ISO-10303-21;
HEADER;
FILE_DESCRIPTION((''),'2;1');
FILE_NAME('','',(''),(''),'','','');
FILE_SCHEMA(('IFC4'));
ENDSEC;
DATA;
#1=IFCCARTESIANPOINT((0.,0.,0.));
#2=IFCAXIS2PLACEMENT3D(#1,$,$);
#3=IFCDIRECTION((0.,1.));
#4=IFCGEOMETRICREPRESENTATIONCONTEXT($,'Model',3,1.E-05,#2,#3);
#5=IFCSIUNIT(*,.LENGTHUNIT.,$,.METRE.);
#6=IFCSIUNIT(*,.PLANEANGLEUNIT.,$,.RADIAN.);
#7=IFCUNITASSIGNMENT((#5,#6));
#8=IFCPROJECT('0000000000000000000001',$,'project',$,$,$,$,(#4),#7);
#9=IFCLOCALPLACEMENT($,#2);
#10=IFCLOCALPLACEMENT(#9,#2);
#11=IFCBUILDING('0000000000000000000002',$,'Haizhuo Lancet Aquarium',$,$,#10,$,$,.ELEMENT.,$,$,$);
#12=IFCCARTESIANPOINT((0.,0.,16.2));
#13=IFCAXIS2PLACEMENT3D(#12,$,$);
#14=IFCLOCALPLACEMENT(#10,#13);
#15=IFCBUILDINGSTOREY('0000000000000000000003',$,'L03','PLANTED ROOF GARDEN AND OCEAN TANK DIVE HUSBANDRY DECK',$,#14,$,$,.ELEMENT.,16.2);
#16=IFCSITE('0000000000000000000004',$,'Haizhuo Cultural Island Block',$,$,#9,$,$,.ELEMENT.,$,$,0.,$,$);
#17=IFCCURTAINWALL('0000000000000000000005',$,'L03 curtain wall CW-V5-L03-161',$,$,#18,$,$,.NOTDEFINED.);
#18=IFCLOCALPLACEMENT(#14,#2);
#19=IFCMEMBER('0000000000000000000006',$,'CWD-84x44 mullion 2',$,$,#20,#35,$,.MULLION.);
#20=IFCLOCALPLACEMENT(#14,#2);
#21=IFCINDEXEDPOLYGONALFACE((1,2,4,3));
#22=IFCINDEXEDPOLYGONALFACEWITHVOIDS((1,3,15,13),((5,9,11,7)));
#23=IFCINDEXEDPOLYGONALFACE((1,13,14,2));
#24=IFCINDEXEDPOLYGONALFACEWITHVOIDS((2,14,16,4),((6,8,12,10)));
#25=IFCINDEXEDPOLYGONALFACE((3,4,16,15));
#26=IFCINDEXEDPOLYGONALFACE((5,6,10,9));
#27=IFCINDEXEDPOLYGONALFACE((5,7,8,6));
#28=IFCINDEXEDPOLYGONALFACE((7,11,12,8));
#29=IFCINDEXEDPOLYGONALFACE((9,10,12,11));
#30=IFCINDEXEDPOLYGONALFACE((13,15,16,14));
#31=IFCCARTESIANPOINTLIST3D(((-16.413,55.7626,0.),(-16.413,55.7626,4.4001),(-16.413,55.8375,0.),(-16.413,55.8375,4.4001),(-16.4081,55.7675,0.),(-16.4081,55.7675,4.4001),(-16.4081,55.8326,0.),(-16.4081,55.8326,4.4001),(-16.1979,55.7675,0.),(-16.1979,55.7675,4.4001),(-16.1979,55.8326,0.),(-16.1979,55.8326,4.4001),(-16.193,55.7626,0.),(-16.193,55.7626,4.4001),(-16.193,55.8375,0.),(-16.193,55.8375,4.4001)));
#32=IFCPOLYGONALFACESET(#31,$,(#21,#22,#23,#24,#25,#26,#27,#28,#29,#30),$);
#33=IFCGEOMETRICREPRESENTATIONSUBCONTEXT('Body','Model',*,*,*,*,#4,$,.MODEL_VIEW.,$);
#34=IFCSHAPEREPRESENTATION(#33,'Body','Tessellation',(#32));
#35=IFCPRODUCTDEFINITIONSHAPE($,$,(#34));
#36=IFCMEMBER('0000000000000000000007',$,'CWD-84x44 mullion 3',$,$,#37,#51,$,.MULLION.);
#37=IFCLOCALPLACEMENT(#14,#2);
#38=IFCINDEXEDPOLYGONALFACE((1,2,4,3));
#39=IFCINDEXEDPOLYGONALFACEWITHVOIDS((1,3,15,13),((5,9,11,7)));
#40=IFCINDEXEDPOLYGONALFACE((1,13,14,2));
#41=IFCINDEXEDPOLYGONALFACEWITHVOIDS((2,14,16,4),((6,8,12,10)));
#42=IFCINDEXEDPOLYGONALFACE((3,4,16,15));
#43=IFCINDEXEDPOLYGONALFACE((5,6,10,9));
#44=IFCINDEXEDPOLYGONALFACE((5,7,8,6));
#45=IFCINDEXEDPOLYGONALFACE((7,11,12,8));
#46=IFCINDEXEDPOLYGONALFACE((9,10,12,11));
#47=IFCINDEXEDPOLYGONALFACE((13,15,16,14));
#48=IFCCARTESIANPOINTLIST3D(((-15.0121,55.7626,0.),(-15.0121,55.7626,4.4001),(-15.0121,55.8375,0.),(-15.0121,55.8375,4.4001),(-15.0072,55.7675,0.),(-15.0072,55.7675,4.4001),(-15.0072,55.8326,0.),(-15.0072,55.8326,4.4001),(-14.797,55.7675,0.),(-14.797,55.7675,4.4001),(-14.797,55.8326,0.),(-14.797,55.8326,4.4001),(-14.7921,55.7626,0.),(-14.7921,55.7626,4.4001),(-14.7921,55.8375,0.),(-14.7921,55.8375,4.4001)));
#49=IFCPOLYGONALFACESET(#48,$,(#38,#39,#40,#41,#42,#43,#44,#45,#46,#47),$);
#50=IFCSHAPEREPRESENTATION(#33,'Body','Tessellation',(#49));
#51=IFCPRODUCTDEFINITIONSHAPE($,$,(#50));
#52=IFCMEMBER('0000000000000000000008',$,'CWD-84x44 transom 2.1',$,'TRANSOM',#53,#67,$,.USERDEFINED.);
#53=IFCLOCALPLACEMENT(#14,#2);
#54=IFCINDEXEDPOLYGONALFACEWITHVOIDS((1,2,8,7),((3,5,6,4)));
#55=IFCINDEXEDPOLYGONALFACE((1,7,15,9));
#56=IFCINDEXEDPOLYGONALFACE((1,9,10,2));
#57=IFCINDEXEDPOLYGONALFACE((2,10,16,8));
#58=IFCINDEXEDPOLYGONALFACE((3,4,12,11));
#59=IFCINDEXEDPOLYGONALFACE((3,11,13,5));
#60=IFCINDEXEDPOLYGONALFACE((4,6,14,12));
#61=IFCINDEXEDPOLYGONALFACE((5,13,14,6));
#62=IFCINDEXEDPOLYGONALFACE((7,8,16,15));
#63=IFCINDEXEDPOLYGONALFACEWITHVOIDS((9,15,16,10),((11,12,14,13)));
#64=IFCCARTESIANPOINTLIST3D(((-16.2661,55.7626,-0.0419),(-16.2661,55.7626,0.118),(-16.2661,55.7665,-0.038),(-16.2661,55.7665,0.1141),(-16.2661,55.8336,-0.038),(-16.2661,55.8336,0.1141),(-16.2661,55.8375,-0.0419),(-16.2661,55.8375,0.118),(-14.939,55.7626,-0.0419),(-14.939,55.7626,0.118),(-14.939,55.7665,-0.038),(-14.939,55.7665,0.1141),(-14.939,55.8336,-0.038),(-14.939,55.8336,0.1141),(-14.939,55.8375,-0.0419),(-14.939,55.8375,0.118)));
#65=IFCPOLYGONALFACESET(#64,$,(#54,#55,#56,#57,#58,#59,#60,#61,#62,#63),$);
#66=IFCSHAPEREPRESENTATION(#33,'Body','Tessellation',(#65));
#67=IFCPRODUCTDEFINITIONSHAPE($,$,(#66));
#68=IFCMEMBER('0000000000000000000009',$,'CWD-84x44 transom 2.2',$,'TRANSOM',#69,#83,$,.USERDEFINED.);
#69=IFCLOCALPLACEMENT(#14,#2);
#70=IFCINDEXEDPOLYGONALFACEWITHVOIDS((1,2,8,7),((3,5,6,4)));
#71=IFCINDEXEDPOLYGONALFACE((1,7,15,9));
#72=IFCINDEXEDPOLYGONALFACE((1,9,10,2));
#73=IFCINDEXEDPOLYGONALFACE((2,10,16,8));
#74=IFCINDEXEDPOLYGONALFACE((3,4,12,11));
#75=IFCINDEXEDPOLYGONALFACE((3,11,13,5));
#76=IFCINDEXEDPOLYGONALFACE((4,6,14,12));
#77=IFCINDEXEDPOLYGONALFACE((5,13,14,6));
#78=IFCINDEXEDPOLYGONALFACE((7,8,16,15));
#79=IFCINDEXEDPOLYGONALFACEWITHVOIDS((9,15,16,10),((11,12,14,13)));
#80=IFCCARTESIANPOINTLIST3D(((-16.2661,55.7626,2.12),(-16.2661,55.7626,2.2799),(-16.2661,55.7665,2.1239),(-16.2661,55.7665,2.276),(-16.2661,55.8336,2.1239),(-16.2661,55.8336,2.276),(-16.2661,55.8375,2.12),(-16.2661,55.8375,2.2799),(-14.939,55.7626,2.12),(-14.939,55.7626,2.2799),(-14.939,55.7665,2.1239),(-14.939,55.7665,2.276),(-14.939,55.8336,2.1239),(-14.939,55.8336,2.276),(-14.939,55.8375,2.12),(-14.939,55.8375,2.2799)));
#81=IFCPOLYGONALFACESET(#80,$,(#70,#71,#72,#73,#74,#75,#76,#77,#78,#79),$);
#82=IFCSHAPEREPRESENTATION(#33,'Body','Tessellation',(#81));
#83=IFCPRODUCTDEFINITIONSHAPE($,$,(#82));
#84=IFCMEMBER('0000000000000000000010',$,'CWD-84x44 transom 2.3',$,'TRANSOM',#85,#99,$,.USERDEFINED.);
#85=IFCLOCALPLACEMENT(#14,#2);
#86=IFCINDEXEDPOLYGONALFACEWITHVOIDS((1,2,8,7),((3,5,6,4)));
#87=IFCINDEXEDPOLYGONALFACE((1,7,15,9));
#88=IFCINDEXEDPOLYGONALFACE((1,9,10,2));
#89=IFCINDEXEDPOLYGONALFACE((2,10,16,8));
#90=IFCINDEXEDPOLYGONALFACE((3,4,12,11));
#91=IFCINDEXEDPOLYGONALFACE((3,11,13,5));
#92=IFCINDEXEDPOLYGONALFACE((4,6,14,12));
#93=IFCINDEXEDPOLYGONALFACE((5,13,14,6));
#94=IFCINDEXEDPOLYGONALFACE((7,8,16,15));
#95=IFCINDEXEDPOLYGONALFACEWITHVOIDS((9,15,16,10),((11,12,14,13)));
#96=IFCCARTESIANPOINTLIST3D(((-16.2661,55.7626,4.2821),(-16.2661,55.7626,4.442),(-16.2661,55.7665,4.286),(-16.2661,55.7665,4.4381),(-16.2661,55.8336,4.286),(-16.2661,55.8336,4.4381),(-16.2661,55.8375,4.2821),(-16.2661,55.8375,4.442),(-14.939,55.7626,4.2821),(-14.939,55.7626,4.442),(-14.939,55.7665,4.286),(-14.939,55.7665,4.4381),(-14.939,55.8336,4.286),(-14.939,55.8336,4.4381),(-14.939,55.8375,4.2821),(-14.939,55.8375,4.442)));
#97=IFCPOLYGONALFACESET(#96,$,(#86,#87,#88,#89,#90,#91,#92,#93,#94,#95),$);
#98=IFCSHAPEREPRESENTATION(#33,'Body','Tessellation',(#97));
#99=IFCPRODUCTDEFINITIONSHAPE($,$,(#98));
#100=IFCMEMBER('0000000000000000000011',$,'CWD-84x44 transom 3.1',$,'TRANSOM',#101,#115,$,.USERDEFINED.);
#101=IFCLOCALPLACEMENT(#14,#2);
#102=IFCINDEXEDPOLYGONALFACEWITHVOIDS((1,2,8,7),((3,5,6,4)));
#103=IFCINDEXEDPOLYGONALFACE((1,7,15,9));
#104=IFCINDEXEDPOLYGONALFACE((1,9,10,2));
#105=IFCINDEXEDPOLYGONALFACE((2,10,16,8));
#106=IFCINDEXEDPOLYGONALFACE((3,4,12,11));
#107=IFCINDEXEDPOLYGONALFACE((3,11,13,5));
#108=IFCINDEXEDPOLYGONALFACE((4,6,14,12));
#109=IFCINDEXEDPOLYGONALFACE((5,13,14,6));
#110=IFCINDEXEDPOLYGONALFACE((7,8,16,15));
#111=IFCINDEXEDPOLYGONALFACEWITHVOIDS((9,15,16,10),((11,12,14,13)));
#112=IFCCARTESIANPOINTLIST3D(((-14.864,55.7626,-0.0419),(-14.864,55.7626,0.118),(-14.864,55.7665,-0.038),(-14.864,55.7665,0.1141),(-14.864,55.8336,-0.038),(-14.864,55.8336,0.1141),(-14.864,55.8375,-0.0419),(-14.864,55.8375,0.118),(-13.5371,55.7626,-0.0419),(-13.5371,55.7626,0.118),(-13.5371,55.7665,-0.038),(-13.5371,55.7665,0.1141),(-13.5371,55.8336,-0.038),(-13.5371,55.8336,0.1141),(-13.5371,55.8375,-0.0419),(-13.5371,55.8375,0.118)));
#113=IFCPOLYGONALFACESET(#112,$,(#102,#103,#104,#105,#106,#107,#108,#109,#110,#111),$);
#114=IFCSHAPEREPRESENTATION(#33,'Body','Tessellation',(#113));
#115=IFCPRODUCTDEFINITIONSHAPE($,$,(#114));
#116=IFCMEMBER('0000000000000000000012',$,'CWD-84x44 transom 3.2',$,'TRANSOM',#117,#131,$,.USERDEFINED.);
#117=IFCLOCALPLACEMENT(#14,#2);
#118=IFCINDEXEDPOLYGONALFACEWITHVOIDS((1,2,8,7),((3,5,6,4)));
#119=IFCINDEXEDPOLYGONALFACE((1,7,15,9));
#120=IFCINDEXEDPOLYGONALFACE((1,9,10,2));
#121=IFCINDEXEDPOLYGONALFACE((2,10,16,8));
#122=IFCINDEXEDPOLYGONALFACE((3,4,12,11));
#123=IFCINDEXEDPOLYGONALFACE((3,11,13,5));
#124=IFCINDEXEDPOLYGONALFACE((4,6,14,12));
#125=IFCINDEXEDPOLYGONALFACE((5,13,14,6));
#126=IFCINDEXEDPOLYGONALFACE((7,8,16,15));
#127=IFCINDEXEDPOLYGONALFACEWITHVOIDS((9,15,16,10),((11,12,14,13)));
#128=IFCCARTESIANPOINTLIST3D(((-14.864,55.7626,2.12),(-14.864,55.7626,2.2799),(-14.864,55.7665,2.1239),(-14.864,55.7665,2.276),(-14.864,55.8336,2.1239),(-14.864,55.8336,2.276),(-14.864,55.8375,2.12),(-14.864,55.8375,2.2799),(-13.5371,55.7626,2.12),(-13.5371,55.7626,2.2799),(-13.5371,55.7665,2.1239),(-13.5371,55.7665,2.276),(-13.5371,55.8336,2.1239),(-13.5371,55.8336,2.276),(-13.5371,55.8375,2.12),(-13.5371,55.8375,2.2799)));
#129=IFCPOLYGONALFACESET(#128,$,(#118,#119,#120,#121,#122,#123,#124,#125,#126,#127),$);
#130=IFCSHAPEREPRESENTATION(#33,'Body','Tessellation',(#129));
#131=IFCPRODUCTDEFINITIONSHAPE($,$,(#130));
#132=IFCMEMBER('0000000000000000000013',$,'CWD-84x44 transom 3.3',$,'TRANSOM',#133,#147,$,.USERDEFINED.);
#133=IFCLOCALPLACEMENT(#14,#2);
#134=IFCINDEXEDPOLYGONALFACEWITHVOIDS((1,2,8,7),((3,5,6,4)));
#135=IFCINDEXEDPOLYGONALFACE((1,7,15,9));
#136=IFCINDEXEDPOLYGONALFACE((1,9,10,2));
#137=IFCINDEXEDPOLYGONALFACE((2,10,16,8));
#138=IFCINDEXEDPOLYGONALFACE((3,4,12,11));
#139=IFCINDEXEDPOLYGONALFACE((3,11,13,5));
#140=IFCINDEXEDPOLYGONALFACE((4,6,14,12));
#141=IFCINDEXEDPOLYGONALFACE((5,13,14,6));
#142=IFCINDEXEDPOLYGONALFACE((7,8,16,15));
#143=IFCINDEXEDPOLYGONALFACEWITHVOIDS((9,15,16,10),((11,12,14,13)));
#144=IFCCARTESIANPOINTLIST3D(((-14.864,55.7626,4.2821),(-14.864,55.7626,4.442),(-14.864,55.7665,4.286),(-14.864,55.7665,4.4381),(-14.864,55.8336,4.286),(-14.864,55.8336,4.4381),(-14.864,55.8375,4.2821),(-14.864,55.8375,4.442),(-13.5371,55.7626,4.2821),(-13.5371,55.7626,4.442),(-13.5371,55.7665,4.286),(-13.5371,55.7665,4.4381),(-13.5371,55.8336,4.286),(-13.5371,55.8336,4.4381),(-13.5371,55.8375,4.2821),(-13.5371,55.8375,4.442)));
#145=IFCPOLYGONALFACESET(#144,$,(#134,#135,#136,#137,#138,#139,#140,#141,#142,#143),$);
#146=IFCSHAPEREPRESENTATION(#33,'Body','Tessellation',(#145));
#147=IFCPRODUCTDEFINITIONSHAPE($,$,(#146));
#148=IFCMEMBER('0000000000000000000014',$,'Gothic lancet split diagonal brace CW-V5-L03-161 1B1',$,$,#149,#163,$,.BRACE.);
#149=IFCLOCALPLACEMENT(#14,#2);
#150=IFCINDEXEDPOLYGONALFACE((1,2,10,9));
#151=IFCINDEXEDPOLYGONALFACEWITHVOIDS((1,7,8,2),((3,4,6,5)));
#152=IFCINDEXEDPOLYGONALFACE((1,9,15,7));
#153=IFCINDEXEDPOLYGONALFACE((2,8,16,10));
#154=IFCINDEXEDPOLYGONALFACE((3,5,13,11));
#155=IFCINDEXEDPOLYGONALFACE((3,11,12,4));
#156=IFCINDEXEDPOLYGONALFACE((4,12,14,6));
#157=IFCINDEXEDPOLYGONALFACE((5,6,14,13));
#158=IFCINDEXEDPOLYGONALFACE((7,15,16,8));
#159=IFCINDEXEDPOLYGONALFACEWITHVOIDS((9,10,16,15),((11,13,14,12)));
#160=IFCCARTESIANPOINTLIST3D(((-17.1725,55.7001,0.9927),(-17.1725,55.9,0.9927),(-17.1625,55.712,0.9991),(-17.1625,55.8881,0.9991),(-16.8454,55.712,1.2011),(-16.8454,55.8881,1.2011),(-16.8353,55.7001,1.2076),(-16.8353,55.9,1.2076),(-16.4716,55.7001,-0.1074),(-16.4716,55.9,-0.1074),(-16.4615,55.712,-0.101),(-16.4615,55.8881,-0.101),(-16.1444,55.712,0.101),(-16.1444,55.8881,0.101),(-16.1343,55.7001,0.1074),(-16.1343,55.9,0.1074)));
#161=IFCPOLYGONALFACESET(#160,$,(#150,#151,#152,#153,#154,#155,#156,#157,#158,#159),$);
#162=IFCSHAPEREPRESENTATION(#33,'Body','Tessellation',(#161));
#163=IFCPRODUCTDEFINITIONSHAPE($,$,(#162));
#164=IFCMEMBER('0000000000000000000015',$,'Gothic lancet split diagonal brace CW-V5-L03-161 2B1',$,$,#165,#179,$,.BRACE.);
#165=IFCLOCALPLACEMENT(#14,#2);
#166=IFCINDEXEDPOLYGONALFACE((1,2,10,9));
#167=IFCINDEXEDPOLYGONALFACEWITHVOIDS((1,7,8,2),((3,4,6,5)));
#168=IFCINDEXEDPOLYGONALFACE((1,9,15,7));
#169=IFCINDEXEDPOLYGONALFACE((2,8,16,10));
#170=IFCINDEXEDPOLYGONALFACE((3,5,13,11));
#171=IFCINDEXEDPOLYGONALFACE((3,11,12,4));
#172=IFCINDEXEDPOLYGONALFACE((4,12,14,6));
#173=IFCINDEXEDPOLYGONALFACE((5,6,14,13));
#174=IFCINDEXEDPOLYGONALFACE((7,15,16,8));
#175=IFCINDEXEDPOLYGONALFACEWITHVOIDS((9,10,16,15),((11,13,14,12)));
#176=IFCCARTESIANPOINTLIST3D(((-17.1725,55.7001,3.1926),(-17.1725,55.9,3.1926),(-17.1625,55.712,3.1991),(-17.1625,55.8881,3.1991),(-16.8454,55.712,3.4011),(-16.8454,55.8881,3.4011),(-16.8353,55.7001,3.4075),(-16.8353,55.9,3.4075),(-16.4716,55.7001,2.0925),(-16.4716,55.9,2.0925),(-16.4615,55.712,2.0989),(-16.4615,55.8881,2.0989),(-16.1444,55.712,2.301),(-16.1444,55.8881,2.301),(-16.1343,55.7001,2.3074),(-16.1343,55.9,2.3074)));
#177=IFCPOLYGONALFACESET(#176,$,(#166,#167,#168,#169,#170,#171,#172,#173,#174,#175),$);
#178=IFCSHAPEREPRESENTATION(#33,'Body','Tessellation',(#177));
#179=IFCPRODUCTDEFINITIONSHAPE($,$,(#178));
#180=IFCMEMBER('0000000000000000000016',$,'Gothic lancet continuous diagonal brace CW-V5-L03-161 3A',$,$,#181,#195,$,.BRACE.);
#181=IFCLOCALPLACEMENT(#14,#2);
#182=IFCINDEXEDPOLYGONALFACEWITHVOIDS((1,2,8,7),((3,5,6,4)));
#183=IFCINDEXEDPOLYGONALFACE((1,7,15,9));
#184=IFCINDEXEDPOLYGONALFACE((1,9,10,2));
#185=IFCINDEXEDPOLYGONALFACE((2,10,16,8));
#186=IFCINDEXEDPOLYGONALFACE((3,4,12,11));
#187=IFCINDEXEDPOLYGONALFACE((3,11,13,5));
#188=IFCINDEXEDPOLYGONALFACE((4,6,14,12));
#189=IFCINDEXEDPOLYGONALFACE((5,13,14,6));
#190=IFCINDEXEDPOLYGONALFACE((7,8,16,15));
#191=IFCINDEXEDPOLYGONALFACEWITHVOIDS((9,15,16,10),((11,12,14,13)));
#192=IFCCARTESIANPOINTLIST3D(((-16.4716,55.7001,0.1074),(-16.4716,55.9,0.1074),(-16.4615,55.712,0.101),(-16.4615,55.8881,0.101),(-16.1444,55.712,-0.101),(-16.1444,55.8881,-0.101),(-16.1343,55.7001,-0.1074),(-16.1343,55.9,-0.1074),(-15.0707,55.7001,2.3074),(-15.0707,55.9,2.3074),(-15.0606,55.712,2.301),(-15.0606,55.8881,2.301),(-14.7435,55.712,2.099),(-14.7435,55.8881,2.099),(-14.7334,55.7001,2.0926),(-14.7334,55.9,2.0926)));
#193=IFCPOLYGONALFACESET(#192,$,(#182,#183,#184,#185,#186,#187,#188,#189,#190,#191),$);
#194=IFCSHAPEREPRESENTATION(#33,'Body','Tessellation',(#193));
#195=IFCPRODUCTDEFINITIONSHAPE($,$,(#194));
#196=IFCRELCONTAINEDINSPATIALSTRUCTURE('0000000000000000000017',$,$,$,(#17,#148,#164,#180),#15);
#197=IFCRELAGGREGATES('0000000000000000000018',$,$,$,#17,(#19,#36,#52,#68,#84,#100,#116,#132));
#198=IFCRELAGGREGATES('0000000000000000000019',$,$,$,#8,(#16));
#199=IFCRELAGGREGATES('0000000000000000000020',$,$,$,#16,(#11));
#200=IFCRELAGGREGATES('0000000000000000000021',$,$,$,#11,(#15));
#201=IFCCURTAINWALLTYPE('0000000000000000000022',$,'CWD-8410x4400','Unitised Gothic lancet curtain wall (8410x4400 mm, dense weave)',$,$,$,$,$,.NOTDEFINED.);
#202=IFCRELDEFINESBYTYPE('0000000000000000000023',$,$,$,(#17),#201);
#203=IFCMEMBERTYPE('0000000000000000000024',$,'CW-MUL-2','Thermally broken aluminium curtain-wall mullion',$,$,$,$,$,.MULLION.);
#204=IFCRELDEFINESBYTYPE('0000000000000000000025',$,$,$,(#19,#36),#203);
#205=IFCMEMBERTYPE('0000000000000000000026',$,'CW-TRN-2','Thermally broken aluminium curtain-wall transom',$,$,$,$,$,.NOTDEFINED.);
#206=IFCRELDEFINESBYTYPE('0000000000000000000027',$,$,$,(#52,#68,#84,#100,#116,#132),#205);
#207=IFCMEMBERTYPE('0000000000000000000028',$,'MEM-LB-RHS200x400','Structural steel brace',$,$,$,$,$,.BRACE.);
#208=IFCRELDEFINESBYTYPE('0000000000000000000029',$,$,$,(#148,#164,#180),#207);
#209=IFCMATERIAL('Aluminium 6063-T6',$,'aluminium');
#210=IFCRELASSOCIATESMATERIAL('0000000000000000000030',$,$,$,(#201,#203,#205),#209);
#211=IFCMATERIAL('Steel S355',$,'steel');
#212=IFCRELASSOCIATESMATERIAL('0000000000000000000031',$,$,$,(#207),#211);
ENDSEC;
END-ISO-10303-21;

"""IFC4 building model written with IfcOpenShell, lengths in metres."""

from ifc_helpers import new_model, si_unit, direction, frame, origin, origin_2d, place, context, subcontext, project, spatial, hollow_rectangle, extrude, material, material_profile, profile_set, type_object, element, aggregate, save


model = new_model("IFC4")

# Units and contexts
model_context = context("Model", 3, precision=1e-05, world=origin(), true_north=direction((0.0, 1.0)))
body_context = subcontext(model_context, "Body", "Model", "MODEL_VIEW")
ifc_project = project(units=[si_unit("LENGTHUNIT", "METRE"), si_unit("PLANEANGLEUNIT", "RADIAN")], contexts=[model_context])

# Site, building, storey
site_placement = place(None, origin())
site = spatial("IfcSite", under=ifc_project, at=site_placement, Name="Haizhuo Cultural Island Block", CompositionType="ELEMENT", RefElevation=0.0)
building_placement = place(site_placement, origin())
building = spatial("IfcBuilding", under=site, at=building_placement, Name="Haizhuo Lancet Aquarium", CompositionType="ELEMENT")
storey_placement = place(building_placement, frame((0.0, 0.0, 16.2)))
storey = spatial("IfcBuildingStorey", under=building, at=storey_placement, Name="L03", Description="PLANTED ROOF GARDEN AND OCEAN TANK DIVE HUSBANDRY DECK", CompositionType="ELEMENT", Elevation=16.2)

# Curtain wall, members
ifc_material_1 = material(Name="Aluminium 6063-T6", Category="aluminium")
curtain_wall_type = type_object("IfcCurtainWallType", Name="CWD-8410x4400", Description="Unitised Gothic lancet curtain wall (8410x4400 mm, dense weave)", PredefinedType="NOTDEFINED", material=ifc_material_1)
curtain_wall_placement = place(storey_placement, origin())
curtain_wall = element("IfcCurtainWall", 1, at=curtain_wall_placement, inside=storey, type_object=curtain_wall_type, Name="L03 curtain wall CW-V5-L03-161", PredefinedType="NOTDEFINED")
ifc_material_profile_1 = material_profile(ifc_material_1, hollow_rectangle(XDim=0.075, YDim=0.22, WallThickness=0.0049, at=origin_2d()), Name="ALU-M 75x220x5")
ifc_profile_set_1 = profile_set([ifc_material_profile_1], Name="Aluminium 6063-T6")
member_type_1 = type_object("IfcMemberType", Name="CW-MUL-2", Description="Thermally broken aluminium curtain-wall mullion", PredefinedType="MULLION", material=ifc_profile_set_1)
member_1_placement = place(storey_placement, frame((-16.303, 55.8, 0.0), z_axis=(0.0, 0.0, 1.0), x_axis=(0.0, 1.0, 0.0)))
member_1 = element("IfcMember", 2, at=member_1_placement, type_object=member_type_1, Name="CWD-84x44 mullion 2", PredefinedType="MULLION", context=body_context, shape_type="SweptSolid", body=[
    extrude(hollow_rectangle(XDim=0.075, YDim=0.22, WallThickness=0.0049, at=origin_2d()), origin(), (0.0, 0.0, 1.0), 4.4001),
])
member_2_placement = place(storey_placement, frame((-14.9021, 55.8, 0.0), z_axis=(0.0, 0.0, 1.0), x_axis=(0.0, 1.0, 0.0)))
member_2 = element("IfcMember", 3, at=member_2_placement, type_object=member_type_1, Name="CWD-84x44 mullion 3", PredefinedType="MULLION", context=body_context, shape_type="SweptSolid", body=[
    extrude(hollow_rectangle(XDim=0.075, YDim=0.22, WallThickness=0.0049, at=origin_2d()), origin(), (0.0, 0.0, 1.0), 4.4001),
])
ifc_material_profile_2 = material_profile(ifc_material_1, hollow_rectangle(XDim=0.075, YDim=0.1599, WallThickness=0.0039, at=origin_2d()), Name="ALU-T 75x160x4")
ifc_profile_set_2 = profile_set([ifc_material_profile_2], Name="Aluminium 6063-T6")
member_type_2 = type_object("IfcMemberType", Name="CW-TRN-2", Description="Thermally broken aluminium curtain-wall transom", PredefinedType="NOTDEFINED", material=ifc_profile_set_2)
member_3_placement = place(storey_placement, frame((-16.2661, 55.8, 0.0381), z_axis=(1.0, 0.0, 0.0), x_axis=(0.0, 1.0, 0.0)))
member_3 = element("IfcMember", 4, at=member_3_placement, type_object=member_type_2, Name="CWD-84x44 transom 2.1", ObjectType="TRANSOM", PredefinedType="USERDEFINED", context=body_context, shape_type="SweptSolid", body=[
    extrude(hollow_rectangle(XDim=0.075, YDim=0.1599, WallThickness=0.0039, at=origin_2d()), origin(), (0.0, 0.0, 1.0), 1.3271),
])
member_4_placement = place(storey_placement, frame((-16.2661, 55.8, 2.2), z_axis=(1.0, 0.0, 0.0), x_axis=(0.0, 1.0, 0.0)))
member_4 = element("IfcMember", 5, at=member_4_placement, type_object=member_type_2, Name="CWD-84x44 transom 2.2", ObjectType="TRANSOM", PredefinedType="USERDEFINED", context=body_context, shape_type="SweptSolid", body=[
    extrude(hollow_rectangle(XDim=0.075, YDim=0.1599, WallThickness=0.0039, at=origin_2d()), origin(), (0.0, 0.0, 1.0), 1.3271),
])
member_5_placement = place(storey_placement, frame((-16.2661, 55.8, 4.3621), z_axis=(1.0, 0.0, 0.0), x_axis=(0.0, 1.0, 0.0)))
member_5 = element("IfcMember", 6, at=member_5_placement, type_object=member_type_2, Name="CWD-84x44 transom 2.3", ObjectType="TRANSOM", PredefinedType="USERDEFINED", context=body_context, shape_type="SweptSolid", body=[
    extrude(hollow_rectangle(XDim=0.075, YDim=0.1599, WallThickness=0.0039, at=origin_2d()), origin(), (0.0, 0.0, 1.0), 1.3271),
])
member_6_placement = place(storey_placement, frame((-14.864, 55.8, 0.0381), z_axis=(1.0, 0.0, 0.0), x_axis=(0.0, 1.0, 0.0)))
member_6 = element("IfcMember", 7, at=member_6_placement, type_object=member_type_2, Name="CWD-84x44 transom 3.1", ObjectType="TRANSOM", PredefinedType="USERDEFINED", context=body_context, shape_type="SweptSolid", body=[
    extrude(hollow_rectangle(XDim=0.075, YDim=0.1599, WallThickness=0.0039, at=origin_2d()), origin(), (0.0, 0.0, 1.0), 1.3269),
])
member_7_placement = place(storey_placement, frame((-14.864, 55.8, 2.2), z_axis=(1.0, 0.0, 0.0), x_axis=(0.0, 1.0, 0.0)))
member_7 = element("IfcMember", 8, at=member_7_placement, type_object=member_type_2, Name="CWD-84x44 transom 3.2", ObjectType="TRANSOM", PredefinedType="USERDEFINED", context=body_context, shape_type="SweptSolid", body=[
    extrude(hollow_rectangle(XDim=0.075, YDim=0.1599, WallThickness=0.0039, at=origin_2d()), origin(), (0.0, 0.0, 1.0), 1.3269),
])
member_8_placement = place(storey_placement, frame((-14.864, 55.8, 4.3621), z_axis=(1.0, 0.0, 0.0), x_axis=(0.0, 1.0, 0.0)))
member_8 = element("IfcMember", 9, at=member_8_placement, type_object=member_type_2, Name="CWD-84x44 transom 3.3", ObjectType="TRANSOM", PredefinedType="USERDEFINED", context=body_context, shape_type="SweptSolid", body=[
    extrude(hollow_rectangle(XDim=0.075, YDim=0.1599, WallThickness=0.0039, at=origin_2d()), origin(), (0.0, 0.0, 1.0), 1.3269),
])

# Members
ifc_material_2 = material(Name="Steel S355", Category="steel")
ifc_material_profile_3 = material_profile(ifc_material_2, hollow_rectangle(XDim=0.2, YDim=0.3999, WallThickness=0.012, at=origin_2d()), Name="RHS 200x400x12")
ifc_profile_set_3 = profile_set([ifc_material_profile_3], Name="Steel S355")
member_type_3 = type_object("IfcMemberType", Name="MEM-LB-RHS200x400", Description="Structural steel brace", PredefinedType="BRACE", material=ifc_profile_set_3)
for number, where, z_axis, x_axis, name in (
    (10, (-16.303, 55.8, 0.0), (-0.537348, 0.0, 0.843361), (0.0, -1.0, 0.0), "Gothic lancet split diagonal brace CW-V5-L03-161 1B1"),
    (11, (-16.303, 55.8, 2.2), (-0.537348, 0.0, 0.843361), (0.0, -1.0, 0.0), "Gothic lancet split diagonal brace CW-V5-L03-161 2B1"),
):
    element("IfcMember", number, at=place(storey_placement, frame(where, z_axis=z_axis, x_axis=x_axis)), inside=storey, type_object=member_type_3, Name=name, PredefinedType="BRACE", context=body_context, shape_type="SweptSolid", body=[
        extrude(hollow_rectangle(XDim=0.2, YDim=0.3999, WallThickness=0.012, at=origin_2d()), origin(), (0.0, 0.0, 1.0), 1.3044),
    ])
member_9_placement = place(storey_placement, frame((-16.303, 55.8, 0.0), z_axis=(0.537124, 0.0, 0.843503), x_axis=(0.0, 1.0, 0.0)))
element("IfcMember", 12, at=member_9_placement, inside=storey, type_object=member_type_3, Name="Gothic lancet continuous diagonal brace CW-V5-L03-161 3A", PredefinedType="BRACE", context=body_context, shape_type="SweptSolid", body=[
    extrude(hollow_rectangle(XDim=0.2, YDim=0.3999, WallThickness=0.012, at=origin_2d()), origin(), (0.0, 0.0, 1.0), 2.6082),
])

aggregate(curtain_wall, [member_1, member_2, member_3, member_4, member_5, member_6, member_7, member_8])

save(model, "model.ifc")
